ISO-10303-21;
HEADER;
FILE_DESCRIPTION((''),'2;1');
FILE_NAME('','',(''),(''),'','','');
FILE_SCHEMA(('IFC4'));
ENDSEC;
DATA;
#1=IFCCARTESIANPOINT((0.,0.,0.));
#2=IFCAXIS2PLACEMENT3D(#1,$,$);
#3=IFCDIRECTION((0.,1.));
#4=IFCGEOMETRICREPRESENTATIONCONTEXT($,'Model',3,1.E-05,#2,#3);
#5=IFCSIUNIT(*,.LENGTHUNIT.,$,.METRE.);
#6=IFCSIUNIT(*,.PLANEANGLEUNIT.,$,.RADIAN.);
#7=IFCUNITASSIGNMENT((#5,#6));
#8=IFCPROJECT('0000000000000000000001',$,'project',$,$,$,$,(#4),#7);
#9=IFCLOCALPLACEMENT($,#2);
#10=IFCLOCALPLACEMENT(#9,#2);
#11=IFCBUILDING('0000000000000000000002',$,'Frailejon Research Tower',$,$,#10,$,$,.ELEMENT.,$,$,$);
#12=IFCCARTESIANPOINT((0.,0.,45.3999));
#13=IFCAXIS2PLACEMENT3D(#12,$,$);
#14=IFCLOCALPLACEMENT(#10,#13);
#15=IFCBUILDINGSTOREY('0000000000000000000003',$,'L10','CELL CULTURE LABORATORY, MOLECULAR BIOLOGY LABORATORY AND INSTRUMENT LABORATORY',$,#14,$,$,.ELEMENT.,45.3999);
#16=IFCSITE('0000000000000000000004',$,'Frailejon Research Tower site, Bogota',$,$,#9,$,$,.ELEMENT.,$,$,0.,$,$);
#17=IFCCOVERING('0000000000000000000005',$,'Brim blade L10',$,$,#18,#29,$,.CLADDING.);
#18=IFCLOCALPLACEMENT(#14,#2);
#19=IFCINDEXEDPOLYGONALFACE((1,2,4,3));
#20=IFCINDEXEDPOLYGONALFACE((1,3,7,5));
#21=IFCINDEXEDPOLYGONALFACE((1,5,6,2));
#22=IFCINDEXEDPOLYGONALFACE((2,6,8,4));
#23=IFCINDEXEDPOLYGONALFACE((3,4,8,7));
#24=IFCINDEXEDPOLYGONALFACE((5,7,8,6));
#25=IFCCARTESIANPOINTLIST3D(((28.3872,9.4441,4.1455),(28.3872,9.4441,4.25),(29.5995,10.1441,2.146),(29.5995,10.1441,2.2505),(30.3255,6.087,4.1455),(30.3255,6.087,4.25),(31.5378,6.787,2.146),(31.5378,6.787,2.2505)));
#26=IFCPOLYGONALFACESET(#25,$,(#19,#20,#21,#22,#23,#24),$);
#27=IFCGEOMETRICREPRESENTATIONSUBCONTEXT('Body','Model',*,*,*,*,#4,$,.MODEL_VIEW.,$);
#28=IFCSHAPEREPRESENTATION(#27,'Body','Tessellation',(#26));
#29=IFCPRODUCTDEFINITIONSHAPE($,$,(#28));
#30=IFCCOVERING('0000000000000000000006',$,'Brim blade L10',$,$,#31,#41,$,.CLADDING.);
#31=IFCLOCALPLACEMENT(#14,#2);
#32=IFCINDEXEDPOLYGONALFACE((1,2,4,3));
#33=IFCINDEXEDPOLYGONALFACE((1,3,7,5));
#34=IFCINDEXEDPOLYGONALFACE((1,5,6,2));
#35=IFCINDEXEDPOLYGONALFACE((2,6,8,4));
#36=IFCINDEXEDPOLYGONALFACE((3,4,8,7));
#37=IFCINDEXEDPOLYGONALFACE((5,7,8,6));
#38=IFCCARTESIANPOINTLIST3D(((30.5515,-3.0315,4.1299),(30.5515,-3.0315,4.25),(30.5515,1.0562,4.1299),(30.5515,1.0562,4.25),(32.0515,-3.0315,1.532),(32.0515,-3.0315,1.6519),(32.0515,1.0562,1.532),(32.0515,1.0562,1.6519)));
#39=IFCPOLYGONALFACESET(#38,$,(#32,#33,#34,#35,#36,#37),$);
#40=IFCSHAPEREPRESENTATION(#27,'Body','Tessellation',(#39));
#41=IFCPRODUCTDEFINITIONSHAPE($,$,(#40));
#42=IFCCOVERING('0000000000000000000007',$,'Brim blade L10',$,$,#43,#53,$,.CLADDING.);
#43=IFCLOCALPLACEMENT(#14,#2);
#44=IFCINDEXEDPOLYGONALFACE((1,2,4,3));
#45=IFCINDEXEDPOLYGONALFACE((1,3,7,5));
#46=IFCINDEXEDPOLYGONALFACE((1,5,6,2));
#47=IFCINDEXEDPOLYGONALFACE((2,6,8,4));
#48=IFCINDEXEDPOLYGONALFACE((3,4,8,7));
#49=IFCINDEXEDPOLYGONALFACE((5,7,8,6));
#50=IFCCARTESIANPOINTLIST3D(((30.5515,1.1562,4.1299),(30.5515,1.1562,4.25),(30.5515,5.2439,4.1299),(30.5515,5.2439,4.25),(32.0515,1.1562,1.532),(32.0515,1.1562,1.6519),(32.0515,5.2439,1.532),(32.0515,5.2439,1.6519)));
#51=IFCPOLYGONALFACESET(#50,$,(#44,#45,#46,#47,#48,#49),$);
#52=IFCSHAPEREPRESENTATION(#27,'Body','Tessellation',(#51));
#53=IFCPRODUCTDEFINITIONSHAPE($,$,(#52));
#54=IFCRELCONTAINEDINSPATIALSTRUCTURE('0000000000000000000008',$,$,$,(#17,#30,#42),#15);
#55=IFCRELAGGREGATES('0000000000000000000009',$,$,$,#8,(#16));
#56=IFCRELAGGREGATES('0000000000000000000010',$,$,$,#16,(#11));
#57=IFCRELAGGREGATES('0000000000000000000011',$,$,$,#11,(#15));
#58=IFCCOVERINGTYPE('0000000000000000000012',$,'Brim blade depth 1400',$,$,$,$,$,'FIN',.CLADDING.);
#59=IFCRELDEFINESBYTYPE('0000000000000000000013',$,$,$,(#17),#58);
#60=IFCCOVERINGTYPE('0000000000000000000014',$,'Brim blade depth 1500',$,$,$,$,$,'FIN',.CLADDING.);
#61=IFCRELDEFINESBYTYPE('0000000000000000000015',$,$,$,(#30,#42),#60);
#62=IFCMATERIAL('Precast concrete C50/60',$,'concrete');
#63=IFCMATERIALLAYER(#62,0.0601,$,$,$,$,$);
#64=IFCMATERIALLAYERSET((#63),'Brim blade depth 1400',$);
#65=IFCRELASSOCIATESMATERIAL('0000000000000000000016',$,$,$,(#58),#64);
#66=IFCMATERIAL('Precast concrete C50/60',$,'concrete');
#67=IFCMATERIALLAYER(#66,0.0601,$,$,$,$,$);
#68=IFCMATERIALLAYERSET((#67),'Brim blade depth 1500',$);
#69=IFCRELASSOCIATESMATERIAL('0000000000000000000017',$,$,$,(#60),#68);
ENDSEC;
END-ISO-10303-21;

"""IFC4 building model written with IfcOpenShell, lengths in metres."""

from ifc_helpers import new_model, si_unit, direction, frame, origin, place, context, subcontext, project, spatial, polyline, outline, extrude, material, layer, layer_set, type_object, element, save


model = new_model("IFC4")

# Units and contexts
model_context = context("Model", 3, precision=1e-05, world=origin(), true_north=direction((0.0, 1.0)))
body_context = subcontext(model_context, "Body", "Model", "MODEL_VIEW")
ifc_project = project(units=[si_unit("LENGTHUNIT", "METRE"), si_unit("PLANEANGLEUNIT", "RADIAN")], contexts=[model_context])

# Site, building, storey
site_placement = place(None, origin())
site = spatial("IfcSite", under=ifc_project, at=site_placement, Name="Frailejon Research Tower site, Bogota", CompositionType="ELEMENT", RefElevation=0.0)
building_placement = place(site_placement, origin())
building = spatial("IfcBuilding", under=site, at=building_placement, Name="Frailejon Research Tower", CompositionType="ELEMENT")
storey_placement = place(building_placement, frame((0.0, 0.0, 45.3999)))
storey = spatial("IfcBuildingStorey", under=building, at=storey_placement, Name="L10", Description="CELL CULTURE LABORATORY, MOLECULAR BIOLOGY LABORATORY AND INSTRUMENT LABORATORY", CompositionType="ELEMENT", Elevation=45.3999)

# Coverings
ifc_material_1 = material(Name="Precast concrete C50/60", Category="concrete")
ifc_layer_1 = layer(ifc_material_1, 0.0601)
ifc_layer_set_1 = layer_set([ifc_layer_1], Name="Brim blade depth 1400")
covering_type_1 = type_object("IfcCoveringType", Name="Brim blade depth 1400", ElementType="FIN", PredefinedType="CLADDING", material=ifc_layer_set_1)
covering_placement = place(storey_placement, frame((28.3872, 9.4441, 4.25), z_axis=(0.500015, -0.866017, 0.0), x_axis=(0.866017, 0.500015, 0.0)))
element("IfcCovering", 1, at=covering_placement, inside=storey, type_object=covering_type_1, Name="Brim blade L10", PredefinedType="CLADDING", context=body_context, shape_type="SweptSolid", body=[
    extrude(outline(polyline([(0.0, -0.1045), (1.3999, -2.104), (1.3999, -1.9995), (0.0, 0.0), (0.0, -0.1045)])), origin(), (0.0, 0.0, 1.0), 3.8765),
])
ifc_material_2 = material(Name="Precast concrete C50/60", Category="concrete")
ifc_layer_2 = layer(ifc_material_2, 0.0601)
ifc_layer_set_2 = layer_set([ifc_layer_2], Name="Brim blade depth 1500")
covering_type_2 = type_object("IfcCoveringType", Name="Brim blade depth 1500", ElementType="FIN", PredefinedType="CLADDING", material=ifc_layer_set_2)
for number, where, z_axis, x_axis, name in (
    (2, (30.5515, 1.0562, 4.25), (0.0, -1.0, 0.0), (1.0, 0.0, 0.0), "Brim blade L10"),
    (3, (30.5515, 5.2439, 4.25), (0.0, -1.0, 0.0), (1.0, 0.0, 0.0), "Brim blade L10"),
):
    element("IfcCovering", number, at=place(storey_placement, frame(where, z_axis=z_axis, x_axis=x_axis)), inside=storey, type_object=covering_type_2, Name=name, PredefinedType="CLADDING", context=body_context, shape_type="SweptSolid", body=[
        extrude(outline(polyline([(0.0, -0.1201), (1.5, -2.718), (1.5, -2.5981), (0.0, 0.0), (0.0, -0.1201)])), origin(), (0.0, 0.0, 1.0), 4.0876),
    ])

save(model, "model.ifc")
